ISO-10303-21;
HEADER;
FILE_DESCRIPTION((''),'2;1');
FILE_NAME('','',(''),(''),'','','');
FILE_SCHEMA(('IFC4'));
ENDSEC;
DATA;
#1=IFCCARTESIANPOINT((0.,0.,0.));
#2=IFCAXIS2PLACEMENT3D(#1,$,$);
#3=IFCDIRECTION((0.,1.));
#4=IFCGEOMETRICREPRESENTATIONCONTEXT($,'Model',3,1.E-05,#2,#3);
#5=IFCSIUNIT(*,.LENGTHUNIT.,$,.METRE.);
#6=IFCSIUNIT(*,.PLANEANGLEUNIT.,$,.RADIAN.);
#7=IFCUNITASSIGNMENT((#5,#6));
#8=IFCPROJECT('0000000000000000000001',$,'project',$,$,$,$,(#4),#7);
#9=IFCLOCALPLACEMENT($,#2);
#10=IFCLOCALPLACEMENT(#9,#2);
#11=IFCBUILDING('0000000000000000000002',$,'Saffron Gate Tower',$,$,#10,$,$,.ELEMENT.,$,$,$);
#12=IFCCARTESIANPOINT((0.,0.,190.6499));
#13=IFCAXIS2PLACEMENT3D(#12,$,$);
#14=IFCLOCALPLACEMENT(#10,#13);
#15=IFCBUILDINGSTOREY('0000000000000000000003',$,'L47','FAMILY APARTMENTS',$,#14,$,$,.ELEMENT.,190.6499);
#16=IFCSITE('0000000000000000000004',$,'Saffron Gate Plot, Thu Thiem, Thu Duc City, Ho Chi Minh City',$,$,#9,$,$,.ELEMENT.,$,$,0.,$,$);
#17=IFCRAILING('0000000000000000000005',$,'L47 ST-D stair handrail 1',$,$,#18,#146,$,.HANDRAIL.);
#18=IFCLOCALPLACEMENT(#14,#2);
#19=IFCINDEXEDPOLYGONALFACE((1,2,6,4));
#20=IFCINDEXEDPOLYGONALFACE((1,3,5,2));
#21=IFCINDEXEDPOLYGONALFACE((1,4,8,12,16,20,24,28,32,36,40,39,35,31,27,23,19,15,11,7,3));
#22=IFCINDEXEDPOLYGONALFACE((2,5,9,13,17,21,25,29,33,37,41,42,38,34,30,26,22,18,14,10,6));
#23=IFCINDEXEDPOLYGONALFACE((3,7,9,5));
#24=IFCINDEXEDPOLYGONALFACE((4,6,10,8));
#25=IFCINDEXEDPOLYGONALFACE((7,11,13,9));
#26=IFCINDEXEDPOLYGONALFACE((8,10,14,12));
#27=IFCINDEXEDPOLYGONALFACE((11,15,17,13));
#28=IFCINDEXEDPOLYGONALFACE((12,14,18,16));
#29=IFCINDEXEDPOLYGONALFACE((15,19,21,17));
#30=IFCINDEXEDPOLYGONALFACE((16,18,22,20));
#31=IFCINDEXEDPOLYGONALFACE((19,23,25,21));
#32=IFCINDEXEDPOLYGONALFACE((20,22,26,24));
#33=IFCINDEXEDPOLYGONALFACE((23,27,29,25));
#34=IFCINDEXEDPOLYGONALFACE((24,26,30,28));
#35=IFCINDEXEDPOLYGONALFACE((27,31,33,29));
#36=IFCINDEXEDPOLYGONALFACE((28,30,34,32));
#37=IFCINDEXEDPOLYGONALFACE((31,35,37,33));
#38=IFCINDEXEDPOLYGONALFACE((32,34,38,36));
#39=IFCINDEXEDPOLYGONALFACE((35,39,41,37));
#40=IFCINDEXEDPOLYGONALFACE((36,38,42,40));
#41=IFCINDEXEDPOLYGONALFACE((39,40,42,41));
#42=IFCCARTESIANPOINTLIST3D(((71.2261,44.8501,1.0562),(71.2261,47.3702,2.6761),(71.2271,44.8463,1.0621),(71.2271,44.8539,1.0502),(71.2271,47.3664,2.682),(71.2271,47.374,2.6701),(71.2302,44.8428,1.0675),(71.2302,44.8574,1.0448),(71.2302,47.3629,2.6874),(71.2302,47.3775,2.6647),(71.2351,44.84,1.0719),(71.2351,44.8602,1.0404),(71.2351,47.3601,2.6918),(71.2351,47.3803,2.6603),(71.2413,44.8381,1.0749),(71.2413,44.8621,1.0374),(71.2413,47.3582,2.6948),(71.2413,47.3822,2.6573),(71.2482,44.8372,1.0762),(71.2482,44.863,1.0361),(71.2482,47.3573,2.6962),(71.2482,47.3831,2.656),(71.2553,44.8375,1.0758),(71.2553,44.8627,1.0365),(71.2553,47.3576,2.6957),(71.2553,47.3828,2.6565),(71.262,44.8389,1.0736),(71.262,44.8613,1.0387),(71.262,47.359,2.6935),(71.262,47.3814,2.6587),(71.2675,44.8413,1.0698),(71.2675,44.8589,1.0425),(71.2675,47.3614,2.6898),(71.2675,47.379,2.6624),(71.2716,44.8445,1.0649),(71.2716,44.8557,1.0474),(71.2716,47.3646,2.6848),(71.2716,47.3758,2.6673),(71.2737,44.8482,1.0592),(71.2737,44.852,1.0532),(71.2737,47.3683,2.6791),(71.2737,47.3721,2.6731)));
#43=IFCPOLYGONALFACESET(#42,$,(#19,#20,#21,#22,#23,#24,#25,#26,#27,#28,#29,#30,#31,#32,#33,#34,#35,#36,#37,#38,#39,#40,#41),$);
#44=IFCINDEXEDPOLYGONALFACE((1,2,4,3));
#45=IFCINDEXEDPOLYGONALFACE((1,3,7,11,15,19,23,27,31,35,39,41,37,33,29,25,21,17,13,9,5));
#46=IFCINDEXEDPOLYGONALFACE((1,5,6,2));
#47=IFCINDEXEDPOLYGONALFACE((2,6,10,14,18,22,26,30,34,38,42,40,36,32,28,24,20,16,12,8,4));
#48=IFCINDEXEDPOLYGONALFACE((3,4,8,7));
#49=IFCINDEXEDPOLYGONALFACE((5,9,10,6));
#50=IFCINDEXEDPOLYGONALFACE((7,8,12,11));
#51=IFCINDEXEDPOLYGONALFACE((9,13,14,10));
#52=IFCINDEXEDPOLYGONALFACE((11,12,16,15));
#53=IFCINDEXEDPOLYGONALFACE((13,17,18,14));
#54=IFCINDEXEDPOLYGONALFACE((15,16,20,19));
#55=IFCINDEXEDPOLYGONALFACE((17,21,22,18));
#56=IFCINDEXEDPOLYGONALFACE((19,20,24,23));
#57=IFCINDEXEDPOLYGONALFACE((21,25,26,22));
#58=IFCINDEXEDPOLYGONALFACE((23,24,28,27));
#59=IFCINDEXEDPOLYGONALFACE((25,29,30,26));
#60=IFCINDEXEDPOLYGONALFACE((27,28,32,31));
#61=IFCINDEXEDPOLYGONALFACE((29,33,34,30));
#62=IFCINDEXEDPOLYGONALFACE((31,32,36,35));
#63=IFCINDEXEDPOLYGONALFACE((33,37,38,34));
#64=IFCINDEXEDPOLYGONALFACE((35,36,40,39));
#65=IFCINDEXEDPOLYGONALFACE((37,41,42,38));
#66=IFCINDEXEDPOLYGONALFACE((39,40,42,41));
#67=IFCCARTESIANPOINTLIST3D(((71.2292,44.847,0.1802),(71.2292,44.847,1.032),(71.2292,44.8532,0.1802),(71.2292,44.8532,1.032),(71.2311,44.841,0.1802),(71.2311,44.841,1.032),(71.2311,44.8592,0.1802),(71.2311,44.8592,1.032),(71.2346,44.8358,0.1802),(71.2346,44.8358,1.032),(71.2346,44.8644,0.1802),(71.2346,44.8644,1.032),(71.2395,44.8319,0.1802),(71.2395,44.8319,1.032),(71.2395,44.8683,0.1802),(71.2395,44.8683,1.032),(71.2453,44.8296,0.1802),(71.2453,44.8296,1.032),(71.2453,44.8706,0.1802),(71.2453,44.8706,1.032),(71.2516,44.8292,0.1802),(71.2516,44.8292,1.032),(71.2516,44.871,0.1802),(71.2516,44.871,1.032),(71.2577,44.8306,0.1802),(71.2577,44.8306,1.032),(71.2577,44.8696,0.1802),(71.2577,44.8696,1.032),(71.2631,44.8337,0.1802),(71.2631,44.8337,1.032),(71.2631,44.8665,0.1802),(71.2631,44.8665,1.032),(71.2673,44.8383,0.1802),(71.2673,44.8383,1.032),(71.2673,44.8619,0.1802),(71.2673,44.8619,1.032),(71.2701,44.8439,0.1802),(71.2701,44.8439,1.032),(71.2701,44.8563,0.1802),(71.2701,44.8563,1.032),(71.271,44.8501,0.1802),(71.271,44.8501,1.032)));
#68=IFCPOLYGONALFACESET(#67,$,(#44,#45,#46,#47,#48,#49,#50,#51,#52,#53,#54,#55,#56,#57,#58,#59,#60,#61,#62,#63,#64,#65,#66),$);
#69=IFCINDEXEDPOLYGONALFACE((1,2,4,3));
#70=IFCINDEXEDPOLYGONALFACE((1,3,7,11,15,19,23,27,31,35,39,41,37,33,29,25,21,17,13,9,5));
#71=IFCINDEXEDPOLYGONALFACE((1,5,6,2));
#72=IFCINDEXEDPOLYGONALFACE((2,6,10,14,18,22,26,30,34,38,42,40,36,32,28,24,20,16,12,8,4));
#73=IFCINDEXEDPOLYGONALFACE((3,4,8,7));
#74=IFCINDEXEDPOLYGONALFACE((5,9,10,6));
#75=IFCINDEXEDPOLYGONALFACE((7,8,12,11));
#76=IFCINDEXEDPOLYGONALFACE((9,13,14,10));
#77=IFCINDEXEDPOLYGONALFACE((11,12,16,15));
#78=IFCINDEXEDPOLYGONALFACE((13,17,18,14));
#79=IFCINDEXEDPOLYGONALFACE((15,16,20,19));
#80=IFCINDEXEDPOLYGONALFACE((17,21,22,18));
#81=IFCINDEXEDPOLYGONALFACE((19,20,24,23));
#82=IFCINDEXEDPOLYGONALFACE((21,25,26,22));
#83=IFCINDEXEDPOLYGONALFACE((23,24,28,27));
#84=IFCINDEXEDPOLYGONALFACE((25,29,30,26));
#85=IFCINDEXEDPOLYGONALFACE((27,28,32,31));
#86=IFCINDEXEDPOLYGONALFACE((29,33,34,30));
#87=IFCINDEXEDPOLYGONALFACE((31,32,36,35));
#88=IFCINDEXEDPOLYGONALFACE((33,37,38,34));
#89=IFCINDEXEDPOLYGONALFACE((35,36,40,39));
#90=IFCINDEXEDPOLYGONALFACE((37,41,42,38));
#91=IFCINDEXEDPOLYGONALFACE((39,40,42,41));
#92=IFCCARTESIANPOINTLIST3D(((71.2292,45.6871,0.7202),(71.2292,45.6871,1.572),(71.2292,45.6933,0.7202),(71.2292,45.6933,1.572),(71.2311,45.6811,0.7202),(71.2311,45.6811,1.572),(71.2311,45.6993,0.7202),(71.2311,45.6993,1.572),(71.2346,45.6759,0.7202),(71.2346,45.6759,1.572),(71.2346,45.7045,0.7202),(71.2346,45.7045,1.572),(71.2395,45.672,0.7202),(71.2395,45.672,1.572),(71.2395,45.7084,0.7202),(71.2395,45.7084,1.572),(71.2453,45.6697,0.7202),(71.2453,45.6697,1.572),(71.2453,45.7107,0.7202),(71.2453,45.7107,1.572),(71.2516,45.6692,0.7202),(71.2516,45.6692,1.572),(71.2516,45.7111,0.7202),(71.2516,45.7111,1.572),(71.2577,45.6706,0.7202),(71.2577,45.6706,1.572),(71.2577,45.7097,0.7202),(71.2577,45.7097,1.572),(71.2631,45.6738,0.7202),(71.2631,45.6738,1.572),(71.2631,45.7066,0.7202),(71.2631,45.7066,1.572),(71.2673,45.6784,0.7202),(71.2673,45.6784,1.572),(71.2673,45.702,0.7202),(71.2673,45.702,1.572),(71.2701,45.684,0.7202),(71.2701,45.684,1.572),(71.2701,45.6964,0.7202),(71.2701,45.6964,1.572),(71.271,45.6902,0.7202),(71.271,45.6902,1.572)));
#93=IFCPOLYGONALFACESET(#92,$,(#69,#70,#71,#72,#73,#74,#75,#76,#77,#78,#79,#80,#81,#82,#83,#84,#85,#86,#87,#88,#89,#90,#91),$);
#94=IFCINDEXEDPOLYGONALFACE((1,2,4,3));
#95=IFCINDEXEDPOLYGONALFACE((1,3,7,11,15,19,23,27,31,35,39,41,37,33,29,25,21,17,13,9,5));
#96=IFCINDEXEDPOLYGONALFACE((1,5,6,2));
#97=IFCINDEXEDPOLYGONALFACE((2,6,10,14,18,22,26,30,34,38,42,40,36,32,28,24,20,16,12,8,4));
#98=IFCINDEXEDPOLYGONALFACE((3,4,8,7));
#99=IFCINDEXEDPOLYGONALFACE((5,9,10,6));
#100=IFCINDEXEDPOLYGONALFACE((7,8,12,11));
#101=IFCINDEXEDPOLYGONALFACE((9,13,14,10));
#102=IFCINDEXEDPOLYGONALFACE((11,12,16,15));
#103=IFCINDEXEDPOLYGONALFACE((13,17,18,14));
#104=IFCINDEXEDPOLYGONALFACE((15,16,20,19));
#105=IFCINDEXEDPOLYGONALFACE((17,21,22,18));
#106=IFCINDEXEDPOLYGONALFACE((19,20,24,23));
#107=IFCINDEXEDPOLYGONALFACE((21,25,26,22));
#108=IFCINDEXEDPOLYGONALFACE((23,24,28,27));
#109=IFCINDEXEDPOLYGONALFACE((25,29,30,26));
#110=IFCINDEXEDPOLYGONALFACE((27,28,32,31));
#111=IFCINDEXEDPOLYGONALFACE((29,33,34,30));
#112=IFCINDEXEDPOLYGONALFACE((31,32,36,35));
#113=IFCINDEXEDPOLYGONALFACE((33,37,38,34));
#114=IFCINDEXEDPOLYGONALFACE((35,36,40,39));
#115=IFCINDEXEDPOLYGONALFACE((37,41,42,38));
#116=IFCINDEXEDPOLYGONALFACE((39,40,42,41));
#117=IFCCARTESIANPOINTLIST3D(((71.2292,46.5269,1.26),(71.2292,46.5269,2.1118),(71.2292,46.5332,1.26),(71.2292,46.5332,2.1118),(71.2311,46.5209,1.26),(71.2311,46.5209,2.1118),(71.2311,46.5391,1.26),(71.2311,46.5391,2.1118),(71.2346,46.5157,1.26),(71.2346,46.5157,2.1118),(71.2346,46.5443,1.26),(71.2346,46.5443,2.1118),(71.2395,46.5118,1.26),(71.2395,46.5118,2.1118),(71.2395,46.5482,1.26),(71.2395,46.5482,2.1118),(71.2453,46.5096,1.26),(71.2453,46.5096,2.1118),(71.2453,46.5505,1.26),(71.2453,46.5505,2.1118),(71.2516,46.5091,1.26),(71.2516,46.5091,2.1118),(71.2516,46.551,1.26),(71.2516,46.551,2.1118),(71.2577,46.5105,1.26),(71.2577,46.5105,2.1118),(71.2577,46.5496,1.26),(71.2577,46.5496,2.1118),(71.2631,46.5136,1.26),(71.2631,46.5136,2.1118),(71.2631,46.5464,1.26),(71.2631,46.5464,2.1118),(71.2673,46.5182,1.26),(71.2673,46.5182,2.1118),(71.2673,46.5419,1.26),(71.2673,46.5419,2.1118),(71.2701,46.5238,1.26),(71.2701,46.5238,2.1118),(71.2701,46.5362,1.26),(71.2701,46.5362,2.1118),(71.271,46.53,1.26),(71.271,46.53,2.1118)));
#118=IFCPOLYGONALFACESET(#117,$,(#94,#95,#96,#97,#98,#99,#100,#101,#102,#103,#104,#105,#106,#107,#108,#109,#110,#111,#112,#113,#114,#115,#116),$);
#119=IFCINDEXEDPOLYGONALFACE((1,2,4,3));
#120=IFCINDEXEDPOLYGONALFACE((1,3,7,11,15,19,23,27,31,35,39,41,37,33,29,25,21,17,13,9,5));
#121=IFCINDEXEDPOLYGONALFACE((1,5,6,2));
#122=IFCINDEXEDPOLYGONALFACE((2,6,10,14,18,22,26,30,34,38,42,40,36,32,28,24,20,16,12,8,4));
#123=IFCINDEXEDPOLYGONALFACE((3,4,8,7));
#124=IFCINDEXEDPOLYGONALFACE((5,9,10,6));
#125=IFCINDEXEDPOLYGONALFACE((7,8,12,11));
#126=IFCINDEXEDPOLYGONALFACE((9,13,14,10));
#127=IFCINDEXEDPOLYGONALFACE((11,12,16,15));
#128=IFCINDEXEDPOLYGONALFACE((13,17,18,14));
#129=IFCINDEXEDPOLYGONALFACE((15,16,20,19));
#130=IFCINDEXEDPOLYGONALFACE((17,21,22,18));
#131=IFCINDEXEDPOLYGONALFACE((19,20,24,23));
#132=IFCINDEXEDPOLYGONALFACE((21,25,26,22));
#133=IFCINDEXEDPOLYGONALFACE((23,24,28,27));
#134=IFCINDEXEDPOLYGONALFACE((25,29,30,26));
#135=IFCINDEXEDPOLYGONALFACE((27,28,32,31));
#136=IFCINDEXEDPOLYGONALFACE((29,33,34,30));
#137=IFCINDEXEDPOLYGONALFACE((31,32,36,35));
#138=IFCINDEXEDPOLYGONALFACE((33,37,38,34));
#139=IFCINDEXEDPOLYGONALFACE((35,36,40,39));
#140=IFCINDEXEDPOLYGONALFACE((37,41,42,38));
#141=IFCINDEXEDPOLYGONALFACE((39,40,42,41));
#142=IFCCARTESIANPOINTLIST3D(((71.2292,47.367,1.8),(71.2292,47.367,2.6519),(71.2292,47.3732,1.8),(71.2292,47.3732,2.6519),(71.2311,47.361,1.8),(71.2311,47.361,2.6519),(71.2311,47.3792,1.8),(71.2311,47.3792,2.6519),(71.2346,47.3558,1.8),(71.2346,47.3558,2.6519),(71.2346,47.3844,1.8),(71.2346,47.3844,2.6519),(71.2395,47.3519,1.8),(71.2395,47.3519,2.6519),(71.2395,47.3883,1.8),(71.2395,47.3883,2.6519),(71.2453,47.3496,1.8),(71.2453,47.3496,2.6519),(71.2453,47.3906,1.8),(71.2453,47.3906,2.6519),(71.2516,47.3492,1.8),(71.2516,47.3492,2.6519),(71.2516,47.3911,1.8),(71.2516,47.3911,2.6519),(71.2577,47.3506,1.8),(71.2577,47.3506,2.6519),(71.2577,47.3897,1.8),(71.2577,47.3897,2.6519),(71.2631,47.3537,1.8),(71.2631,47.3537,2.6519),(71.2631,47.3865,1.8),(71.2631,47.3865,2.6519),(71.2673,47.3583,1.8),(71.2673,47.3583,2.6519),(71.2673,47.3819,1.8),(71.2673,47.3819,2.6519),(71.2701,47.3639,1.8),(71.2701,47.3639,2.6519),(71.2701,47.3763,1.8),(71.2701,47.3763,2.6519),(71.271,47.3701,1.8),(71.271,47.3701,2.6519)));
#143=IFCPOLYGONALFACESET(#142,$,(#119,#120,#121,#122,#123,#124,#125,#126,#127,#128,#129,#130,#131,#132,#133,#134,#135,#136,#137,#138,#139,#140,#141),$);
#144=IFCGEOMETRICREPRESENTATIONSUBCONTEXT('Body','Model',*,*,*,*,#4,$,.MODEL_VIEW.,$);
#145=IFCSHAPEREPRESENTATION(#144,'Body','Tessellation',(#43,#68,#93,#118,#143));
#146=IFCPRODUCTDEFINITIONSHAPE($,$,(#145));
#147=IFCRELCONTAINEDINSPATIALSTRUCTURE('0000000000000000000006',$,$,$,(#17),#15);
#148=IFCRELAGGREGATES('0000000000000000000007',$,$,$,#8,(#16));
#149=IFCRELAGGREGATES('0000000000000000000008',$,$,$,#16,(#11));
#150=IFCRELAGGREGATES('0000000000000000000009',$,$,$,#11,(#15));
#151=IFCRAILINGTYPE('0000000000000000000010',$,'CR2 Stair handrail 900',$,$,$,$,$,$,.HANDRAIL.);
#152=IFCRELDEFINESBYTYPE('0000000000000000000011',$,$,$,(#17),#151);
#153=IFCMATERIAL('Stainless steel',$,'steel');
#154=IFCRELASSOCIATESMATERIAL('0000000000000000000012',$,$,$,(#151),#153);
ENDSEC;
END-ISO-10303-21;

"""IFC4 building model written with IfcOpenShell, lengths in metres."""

from ifc_helpers import new_model, si_unit, direction, frame, origin, origin_2d, place, context, subcontext, project, spatial, circle, extrude, material, type_object, element, save


model = new_model("IFC4")

# Units and contexts
model_context = context("Model", 3, precision=1e-05, world=origin(), true_north=direction((0.0, 1.0)))
body_context = subcontext(model_context, "Body", "Model", "MODEL_VIEW")
ifc_project = project(units=[si_unit("LENGTHUNIT", "METRE"), si_unit("PLANEANGLEUNIT", "RADIAN")], contexts=[model_context])

# Site, building, storey
site_placement = place(None, origin())
site = spatial("IfcSite", under=ifc_project, at=site_placement, Name="Saffron Gate Plot, Thu Thiem, Thu Duc City, Ho Chi Minh City", CompositionType="ELEMENT", RefElevation=0.0)
building_placement = place(site_placement, origin())
building = spatial("IfcBuilding", under=site, at=building_placement, Name="Saffron Gate Tower", CompositionType="ELEMENT")
storey_placement = place(building_placement, frame((0.0, 0.0, 190.6499)))
storey = spatial("IfcBuildingStorey", under=building, at=storey_placement, Name="L47", Description="FAMILY APARTMENTS", CompositionType="ELEMENT", Elevation=190.6499)

# Railing
ifc_material_1 = material(Name="Stainless steel", Category="steel")
railing_type_1 = type_object("IfcRailingType", Name="CR2 Stair handrail 900", PredefinedType="HANDRAIL", material=ifc_material_1)
railing_1_placement = place(storey_placement, frame((71.25, 44.8501, 0.1802)))
element("IfcRailing", 1, at=railing_1_placement, inside=storey, type_object=railing_type_1, Name="L47 ST-D stair handrail 1", PredefinedType="HANDRAIL", context=body_context, shape_type="SweptSolid", body=[
    extrude(circle(Radius=0.0239, at=origin_2d()), frame((0.0, 0.0, 0.876), z_axis=(0.0, 0.8412, 0.540725), x_axis=(-1.0, 0.0, 0.0)), (0.0, 0.0, 1.0), 2.9958),
    extrude(circle(Radius=0.021, at=origin_2d()), origin(), (0.0, 0.0, 1.0), 0.8518),
    extrude(circle(Radius=0.021, at=origin_2d()), frame((0.0, 0.8401, 0.54)), (0.0, 0.0, 1.0), 0.8518),
    extrude(circle(Radius=0.021, at=origin_2d()), frame((0.0, 1.6799, 1.0798)), (0.0, 0.0, 1.0), 0.8518),
    extrude(circle(Radius=0.021, at=origin_2d()), frame((0.0, 2.52, 1.6199)), (0.0, 0.0, 1.0), 0.8518),
])

save(model, "model.ifc")
